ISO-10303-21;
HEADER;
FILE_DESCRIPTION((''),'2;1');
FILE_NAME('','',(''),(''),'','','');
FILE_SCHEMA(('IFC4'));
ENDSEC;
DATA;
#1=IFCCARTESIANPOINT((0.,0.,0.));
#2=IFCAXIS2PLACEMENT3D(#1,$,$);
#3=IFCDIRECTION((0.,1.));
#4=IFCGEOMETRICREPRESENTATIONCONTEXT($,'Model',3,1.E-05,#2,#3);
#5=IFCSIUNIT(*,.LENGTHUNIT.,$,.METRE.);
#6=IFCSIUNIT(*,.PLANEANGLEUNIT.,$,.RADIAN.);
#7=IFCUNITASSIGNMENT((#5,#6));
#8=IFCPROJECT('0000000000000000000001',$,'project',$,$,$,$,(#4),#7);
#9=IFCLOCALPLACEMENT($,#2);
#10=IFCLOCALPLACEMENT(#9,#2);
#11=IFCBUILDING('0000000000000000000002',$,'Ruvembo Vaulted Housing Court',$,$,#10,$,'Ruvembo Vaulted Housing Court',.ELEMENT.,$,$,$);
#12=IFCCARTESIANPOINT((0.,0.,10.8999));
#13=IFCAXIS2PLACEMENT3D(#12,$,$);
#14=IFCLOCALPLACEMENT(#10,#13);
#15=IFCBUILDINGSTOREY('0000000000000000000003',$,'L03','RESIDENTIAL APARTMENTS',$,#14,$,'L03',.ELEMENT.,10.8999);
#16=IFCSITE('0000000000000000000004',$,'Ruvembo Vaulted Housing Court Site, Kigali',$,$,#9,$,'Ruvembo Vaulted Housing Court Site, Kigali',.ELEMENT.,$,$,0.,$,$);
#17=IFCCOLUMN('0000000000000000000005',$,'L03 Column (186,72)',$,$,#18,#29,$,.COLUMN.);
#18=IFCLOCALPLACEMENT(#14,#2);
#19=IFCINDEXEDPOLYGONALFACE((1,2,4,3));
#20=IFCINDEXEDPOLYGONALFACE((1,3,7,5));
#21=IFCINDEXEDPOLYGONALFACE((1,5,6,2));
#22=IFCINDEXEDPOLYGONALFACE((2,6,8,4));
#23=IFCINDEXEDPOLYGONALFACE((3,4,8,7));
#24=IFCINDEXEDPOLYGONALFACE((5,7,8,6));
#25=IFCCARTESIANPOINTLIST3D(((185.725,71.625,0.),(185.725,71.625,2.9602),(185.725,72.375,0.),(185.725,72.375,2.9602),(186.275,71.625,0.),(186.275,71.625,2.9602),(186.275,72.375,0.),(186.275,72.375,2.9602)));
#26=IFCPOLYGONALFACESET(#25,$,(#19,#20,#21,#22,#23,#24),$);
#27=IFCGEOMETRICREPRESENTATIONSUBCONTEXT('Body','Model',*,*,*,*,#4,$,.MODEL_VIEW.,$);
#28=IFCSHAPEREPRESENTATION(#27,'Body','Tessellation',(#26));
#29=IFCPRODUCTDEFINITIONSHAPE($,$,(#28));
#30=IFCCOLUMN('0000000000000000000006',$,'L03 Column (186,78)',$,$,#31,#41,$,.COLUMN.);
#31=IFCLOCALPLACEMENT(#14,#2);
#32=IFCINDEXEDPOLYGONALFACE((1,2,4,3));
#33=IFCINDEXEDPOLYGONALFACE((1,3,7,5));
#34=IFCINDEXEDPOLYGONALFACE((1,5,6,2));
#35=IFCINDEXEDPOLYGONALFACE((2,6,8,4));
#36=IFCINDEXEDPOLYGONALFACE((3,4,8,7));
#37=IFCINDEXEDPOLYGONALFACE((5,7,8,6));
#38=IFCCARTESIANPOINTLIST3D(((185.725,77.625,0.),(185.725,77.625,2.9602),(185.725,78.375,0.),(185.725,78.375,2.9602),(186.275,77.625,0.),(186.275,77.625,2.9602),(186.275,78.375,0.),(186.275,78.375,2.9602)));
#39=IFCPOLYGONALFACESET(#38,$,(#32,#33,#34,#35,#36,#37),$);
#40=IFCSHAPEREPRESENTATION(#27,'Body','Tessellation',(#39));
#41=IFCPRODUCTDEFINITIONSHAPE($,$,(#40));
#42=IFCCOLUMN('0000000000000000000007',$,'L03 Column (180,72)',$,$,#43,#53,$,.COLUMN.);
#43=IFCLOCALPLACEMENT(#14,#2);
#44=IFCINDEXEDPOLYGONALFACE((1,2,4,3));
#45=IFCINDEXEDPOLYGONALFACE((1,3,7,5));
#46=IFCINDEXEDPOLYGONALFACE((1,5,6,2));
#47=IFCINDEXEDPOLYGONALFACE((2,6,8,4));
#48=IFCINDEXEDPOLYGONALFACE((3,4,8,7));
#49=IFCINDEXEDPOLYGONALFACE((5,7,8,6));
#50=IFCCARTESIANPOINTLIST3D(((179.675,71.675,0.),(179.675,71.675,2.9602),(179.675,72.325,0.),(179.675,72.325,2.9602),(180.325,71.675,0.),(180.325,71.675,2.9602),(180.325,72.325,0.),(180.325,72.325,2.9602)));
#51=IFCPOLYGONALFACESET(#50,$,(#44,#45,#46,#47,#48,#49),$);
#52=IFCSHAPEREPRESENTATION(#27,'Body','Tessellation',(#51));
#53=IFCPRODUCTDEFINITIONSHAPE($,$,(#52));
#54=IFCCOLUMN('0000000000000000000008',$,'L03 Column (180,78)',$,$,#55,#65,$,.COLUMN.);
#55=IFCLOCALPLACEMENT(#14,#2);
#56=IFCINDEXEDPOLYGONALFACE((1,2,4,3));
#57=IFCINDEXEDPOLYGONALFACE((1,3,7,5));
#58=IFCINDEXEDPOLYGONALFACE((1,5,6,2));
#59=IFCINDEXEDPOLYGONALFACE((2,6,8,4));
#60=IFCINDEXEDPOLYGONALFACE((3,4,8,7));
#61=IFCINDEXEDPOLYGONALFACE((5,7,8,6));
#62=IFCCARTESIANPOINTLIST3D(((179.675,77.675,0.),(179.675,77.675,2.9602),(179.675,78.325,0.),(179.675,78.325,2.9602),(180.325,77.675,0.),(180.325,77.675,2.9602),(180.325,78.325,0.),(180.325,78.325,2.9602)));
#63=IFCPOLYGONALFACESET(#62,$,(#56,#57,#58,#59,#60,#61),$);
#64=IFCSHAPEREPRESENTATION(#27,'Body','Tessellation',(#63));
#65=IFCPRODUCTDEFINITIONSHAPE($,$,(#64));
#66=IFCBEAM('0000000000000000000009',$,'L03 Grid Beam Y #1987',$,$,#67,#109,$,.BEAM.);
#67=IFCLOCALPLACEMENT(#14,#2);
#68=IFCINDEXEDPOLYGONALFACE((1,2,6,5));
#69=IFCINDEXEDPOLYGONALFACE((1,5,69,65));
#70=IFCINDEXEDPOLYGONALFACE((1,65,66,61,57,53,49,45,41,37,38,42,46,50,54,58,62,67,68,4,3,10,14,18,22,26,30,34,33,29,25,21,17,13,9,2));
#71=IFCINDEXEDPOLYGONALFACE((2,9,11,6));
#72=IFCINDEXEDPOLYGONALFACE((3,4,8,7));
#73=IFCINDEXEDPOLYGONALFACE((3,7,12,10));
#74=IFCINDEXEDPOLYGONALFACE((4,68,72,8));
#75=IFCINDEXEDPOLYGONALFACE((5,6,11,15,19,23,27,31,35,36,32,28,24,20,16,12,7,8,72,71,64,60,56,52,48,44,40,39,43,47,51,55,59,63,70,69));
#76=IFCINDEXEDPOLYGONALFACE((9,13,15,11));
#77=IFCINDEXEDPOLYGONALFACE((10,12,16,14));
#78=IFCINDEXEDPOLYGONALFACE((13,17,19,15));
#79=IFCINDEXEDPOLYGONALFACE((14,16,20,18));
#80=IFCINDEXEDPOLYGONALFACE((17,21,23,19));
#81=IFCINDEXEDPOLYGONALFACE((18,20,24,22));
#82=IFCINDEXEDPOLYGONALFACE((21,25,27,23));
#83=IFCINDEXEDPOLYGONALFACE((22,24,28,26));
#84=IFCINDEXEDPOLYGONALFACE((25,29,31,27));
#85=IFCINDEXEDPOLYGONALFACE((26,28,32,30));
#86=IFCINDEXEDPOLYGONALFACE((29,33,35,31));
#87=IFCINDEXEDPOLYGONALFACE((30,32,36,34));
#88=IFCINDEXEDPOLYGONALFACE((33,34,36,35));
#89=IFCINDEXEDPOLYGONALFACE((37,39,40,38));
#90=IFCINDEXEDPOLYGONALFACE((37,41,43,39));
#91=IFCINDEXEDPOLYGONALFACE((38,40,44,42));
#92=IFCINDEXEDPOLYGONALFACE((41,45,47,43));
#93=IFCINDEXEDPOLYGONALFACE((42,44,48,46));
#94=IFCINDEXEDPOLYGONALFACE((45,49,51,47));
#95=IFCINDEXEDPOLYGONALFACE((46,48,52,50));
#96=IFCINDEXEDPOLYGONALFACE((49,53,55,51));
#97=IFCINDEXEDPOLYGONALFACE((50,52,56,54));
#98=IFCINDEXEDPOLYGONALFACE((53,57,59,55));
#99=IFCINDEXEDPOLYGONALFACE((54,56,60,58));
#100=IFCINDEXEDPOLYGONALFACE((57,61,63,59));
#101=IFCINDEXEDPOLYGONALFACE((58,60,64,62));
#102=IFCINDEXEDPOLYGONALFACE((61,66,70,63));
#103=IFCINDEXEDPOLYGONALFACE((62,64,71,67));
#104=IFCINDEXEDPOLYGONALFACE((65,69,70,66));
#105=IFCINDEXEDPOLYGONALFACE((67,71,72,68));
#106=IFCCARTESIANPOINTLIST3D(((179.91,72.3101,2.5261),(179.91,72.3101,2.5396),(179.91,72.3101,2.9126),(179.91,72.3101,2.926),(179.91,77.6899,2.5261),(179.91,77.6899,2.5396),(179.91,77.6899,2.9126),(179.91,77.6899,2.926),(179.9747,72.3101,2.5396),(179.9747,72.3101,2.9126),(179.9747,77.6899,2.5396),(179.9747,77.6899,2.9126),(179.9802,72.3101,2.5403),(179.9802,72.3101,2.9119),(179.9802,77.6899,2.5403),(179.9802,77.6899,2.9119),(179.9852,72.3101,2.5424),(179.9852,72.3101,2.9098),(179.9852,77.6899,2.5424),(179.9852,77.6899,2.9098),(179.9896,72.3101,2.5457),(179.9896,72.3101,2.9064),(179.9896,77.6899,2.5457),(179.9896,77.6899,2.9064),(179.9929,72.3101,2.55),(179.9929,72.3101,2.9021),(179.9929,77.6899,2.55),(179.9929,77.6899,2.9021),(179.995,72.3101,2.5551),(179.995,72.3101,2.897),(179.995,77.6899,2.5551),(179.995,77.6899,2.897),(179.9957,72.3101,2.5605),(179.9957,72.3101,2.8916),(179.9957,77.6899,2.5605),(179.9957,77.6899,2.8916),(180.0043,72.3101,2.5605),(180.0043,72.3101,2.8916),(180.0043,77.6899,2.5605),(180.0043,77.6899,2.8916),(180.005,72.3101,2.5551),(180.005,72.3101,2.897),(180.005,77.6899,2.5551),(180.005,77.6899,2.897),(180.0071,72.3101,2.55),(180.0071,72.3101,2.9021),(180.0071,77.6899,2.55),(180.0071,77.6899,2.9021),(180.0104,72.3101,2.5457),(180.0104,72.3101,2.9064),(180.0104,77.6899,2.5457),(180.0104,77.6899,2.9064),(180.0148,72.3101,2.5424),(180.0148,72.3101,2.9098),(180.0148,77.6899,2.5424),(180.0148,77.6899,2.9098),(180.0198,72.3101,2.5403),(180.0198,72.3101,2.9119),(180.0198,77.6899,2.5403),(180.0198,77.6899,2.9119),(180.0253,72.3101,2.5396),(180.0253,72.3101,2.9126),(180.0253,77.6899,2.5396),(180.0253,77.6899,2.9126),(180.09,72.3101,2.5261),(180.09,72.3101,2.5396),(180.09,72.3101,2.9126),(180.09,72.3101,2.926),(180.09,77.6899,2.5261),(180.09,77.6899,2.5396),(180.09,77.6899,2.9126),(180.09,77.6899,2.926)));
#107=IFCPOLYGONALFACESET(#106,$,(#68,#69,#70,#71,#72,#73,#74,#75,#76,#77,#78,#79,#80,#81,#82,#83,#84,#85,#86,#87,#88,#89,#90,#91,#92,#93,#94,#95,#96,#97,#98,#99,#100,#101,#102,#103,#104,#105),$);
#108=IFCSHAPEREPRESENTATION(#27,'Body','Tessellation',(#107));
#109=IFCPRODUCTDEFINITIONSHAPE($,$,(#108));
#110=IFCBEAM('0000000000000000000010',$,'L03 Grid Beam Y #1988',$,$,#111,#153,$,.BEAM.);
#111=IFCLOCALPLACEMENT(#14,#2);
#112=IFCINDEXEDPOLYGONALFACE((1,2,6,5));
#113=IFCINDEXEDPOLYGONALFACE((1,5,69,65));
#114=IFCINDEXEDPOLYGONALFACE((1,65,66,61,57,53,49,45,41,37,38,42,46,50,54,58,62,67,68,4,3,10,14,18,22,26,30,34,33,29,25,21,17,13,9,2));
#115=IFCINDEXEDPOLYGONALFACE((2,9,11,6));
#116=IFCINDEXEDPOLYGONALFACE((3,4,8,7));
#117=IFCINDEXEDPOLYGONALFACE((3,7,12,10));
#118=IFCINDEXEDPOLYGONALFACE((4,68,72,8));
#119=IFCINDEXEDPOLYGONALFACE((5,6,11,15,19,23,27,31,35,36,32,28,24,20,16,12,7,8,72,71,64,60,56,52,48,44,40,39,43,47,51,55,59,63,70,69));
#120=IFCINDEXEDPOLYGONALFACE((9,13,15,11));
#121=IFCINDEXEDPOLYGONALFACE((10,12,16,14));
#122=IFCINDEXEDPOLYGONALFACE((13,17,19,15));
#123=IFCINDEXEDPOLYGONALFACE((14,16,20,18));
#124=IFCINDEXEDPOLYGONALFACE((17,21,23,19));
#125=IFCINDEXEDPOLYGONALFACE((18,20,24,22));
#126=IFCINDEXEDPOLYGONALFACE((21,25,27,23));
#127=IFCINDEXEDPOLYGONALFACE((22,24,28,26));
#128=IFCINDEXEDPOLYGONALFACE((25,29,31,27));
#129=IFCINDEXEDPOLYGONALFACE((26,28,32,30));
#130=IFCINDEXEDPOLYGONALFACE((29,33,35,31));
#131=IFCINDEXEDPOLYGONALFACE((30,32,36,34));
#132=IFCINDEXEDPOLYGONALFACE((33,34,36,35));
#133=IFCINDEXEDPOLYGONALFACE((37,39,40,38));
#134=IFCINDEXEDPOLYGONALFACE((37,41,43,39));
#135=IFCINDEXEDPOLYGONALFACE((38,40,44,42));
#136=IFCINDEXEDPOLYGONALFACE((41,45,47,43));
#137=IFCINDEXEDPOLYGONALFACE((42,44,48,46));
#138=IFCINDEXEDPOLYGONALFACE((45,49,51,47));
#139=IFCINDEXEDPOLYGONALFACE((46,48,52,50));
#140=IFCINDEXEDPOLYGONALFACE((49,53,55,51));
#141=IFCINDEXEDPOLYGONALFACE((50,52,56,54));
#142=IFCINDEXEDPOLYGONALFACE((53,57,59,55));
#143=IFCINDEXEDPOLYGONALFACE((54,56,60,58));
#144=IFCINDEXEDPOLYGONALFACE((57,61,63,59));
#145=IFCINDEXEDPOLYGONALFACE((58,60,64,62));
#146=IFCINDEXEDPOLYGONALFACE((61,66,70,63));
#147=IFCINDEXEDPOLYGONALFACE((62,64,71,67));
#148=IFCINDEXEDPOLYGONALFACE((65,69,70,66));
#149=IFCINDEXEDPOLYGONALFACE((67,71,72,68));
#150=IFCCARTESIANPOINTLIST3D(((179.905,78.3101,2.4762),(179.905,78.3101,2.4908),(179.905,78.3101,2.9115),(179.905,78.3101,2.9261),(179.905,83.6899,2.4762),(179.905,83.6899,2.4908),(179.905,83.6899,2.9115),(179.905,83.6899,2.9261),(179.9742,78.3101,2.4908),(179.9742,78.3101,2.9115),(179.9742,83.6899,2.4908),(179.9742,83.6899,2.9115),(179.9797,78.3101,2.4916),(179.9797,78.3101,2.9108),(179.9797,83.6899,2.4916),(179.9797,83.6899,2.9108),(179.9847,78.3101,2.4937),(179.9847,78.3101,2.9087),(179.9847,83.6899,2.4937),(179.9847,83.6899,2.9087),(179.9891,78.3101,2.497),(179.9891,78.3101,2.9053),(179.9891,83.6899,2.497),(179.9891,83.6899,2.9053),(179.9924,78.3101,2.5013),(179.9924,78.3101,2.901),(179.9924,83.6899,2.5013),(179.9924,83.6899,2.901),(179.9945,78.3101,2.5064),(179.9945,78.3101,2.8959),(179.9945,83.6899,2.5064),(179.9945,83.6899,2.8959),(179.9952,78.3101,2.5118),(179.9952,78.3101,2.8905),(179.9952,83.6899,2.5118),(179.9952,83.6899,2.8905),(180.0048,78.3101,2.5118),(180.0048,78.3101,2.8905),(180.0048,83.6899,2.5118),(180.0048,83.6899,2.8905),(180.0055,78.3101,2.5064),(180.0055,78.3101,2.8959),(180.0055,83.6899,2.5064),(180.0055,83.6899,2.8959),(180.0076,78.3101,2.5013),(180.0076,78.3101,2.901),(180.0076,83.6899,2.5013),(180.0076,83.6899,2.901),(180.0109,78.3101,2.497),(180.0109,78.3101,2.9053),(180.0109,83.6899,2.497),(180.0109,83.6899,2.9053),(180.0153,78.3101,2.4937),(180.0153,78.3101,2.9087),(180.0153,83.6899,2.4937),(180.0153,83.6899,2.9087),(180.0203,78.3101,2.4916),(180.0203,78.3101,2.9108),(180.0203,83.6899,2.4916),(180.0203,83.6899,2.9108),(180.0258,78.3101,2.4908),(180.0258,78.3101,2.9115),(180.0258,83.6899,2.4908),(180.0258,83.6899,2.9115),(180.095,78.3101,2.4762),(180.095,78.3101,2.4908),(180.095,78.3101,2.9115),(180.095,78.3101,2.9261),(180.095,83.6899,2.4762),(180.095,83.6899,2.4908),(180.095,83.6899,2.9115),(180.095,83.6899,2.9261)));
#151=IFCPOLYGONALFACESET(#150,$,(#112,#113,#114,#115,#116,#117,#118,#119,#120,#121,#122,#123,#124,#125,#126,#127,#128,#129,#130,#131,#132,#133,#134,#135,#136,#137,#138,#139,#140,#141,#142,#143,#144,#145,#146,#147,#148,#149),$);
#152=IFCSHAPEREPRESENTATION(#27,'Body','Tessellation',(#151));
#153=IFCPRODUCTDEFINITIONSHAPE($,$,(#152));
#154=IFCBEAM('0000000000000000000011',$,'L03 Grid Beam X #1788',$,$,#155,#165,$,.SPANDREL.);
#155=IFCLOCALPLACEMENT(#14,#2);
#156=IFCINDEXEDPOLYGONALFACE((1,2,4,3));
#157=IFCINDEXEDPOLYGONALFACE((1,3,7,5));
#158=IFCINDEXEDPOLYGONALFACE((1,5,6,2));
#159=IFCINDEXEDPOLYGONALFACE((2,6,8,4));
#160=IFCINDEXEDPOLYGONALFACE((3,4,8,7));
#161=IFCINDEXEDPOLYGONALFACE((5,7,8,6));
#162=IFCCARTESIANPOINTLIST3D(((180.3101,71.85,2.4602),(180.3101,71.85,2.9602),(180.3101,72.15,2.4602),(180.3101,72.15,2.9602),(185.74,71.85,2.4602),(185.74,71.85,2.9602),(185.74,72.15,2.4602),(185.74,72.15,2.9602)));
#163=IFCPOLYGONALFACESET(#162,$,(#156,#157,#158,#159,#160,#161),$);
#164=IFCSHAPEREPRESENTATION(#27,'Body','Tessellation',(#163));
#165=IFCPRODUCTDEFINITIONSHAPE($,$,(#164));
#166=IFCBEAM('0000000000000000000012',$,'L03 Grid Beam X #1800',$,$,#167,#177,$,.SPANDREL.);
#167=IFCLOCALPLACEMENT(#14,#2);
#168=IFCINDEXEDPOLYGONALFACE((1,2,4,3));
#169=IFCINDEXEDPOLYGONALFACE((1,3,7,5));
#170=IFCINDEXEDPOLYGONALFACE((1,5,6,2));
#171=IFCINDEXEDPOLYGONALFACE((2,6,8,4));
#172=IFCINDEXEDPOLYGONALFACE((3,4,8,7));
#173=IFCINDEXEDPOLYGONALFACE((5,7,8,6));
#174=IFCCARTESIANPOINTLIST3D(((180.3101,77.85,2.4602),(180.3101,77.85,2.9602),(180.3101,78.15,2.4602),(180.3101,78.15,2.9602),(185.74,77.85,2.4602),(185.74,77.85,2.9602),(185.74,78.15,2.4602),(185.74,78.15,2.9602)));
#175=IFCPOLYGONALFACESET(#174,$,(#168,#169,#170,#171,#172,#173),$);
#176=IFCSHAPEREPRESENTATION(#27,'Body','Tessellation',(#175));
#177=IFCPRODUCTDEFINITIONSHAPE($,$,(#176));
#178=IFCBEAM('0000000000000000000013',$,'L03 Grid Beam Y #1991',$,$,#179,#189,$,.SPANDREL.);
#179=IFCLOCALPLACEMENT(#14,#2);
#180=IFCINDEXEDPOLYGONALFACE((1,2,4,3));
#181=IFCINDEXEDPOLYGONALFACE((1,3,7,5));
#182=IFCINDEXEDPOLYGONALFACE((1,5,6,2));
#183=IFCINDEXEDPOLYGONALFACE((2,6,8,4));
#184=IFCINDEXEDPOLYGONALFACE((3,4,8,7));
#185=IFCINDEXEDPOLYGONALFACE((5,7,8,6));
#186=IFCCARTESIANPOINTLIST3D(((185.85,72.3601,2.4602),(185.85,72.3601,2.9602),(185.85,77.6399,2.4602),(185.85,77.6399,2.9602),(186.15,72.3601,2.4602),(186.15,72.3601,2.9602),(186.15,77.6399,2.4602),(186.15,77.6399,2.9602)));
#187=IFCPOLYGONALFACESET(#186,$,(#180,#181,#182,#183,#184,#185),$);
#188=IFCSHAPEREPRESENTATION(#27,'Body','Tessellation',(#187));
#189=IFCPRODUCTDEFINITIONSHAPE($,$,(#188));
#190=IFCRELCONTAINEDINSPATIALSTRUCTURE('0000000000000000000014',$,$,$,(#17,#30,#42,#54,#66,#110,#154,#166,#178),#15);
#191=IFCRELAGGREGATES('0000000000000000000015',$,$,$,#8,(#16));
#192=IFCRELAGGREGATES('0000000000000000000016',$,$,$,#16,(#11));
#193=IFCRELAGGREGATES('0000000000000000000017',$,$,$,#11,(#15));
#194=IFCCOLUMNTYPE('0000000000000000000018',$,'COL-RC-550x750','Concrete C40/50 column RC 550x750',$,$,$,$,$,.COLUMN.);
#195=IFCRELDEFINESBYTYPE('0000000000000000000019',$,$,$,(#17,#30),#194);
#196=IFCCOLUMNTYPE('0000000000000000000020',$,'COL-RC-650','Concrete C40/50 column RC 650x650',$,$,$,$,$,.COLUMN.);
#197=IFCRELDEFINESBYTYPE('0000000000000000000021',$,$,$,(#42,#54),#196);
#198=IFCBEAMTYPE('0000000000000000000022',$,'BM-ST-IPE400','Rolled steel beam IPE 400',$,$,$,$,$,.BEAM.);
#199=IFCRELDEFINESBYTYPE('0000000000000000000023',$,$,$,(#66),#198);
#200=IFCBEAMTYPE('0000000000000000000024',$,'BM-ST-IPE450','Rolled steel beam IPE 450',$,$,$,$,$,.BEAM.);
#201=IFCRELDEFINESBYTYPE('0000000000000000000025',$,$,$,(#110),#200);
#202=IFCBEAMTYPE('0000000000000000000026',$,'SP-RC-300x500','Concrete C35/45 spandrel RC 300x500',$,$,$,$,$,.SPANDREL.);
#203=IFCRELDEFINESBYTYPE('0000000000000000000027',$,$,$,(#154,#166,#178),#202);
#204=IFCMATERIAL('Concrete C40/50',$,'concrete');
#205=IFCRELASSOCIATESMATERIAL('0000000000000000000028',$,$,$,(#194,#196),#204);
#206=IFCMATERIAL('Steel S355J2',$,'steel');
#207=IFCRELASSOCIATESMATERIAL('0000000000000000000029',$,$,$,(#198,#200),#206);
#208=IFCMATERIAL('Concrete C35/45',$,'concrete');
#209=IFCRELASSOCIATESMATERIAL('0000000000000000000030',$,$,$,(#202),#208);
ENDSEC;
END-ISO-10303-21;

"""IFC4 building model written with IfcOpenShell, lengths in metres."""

from ifc_helpers import new_model, si_unit, direction, frame, origin, origin_2d, place, context, subcontext, project, spatial, rectangle, i_section, extrude, material, material_profile, profile_set, type_object, element, save


model = new_model("IFC4")

# Units and contexts
model_context = context("Model", 3, precision=1e-05, world=origin(), true_north=direction((0.0, 1.0)))
body_context = subcontext(model_context, "Body", "Model", "MODEL_VIEW")
ifc_project = project(units=[si_unit("LENGTHUNIT", "METRE"), si_unit("PLANEANGLEUNIT", "RADIAN")], contexts=[model_context])

# Site, building, storey
site_placement = place(None, origin())
site = spatial("IfcSite", under=ifc_project, at=site_placement, Name="Ruvembo Vaulted Housing Court Site, Kigali", LongName="Ruvembo Vaulted Housing Court Site, Kigali", CompositionType="ELEMENT", RefElevation=0.0)
building_placement = place(site_placement, origin())
building = spatial("IfcBuilding", under=site, at=building_placement, Name="Ruvembo Vaulted Housing Court", LongName="Ruvembo Vaulted Housing Court", CompositionType="ELEMENT")
storey_placement = place(building_placement, frame((0.0, 0.0, 10.8999)))
storey = spatial("IfcBuildingStorey", under=building, at=storey_placement, Name="L03", Description="RESIDENTIAL APARTMENTS", LongName="L03", CompositionType="ELEMENT", Elevation=10.8999)

# Columns
ifc_material_1 = material(Name="Concrete C40/50", Category="concrete")
ifc_material_profile_1 = material_profile(ifc_material_1, rectangle(XDim=0.55, YDim=0.75, at=origin_2d()), Name="RC 550x750")
ifc_profile_set_1 = profile_set([ifc_material_profile_1], Name="Concrete C40/50")
column_type_1 = type_object("IfcColumnType", Name="COL-RC-550x750", Description="Concrete C40/50 column RC 550x750", PredefinedType="COLUMN", material=ifc_profile_set_1)
for number, where, z_axis, x_axis, name in (
    (1, (186.0, 72.0, 0.0), (0.0, 0.0, 1.0), (1.0, 0.0, 0.0), "L03 Column (186,72)"),
    (2, (186.0, 78.0, 0.0), (0.0, 0.0, 1.0), (1.0, 0.0, 0.0), "L03 Column (186,78)"),
):
    element("IfcColumn", number, at=place(storey_placement, frame(where, z_axis=z_axis, x_axis=x_axis)), inside=storey, type_object=column_type_1, Name=name, PredefinedType="COLUMN", context=body_context, shape_type="SweptSolid", body=[
        extrude(rectangle(XDim=0.55, YDim=0.75, at=origin_2d()), origin(), (0.0, 0.0, 1.0), 2.9602),
    ])
ifc_material_profile_2 = material_profile(ifc_material_1, rectangle(XDim=0.6499, YDim=0.6499, at=origin_2d()), Name="RC 650x650")
ifc_profile_set_2 = profile_set([ifc_material_profile_2], Name="Concrete C40/50")
column_type_2 = type_object("IfcColumnType", Name="COL-RC-650", Description="Concrete C40/50 column RC 650x650", PredefinedType="COLUMN", material=ifc_profile_set_2)
for number, where, z_axis, x_axis, name in (
    (3, (180.0, 72.0, 0.0), (0.0, 0.0, 1.0), (1.0, 0.0, 0.0), "L03 Column (180,72)"),
    (4, (180.0, 78.0, 0.0), (0.0, 0.0, 1.0), (1.0, 0.0, 0.0), "L03 Column (180,78)"),
):
    element("IfcColumn", number, at=place(storey_placement, frame(where, z_axis=z_axis, x_axis=x_axis)), inside=storey, type_object=column_type_2, Name=name, PredefinedType="COLUMN", context=body_context, shape_type="SweptSolid", body=[
        extrude(rectangle(XDim=0.6499, YDim=0.6499, at=origin_2d()), origin(), (0.0, 0.0, 1.0), 2.9602),
    ])

# Beams
ifc_material_2 = material(Name="Steel S355J2", Category="steel")
ifc_material_profile_3 = material_profile(ifc_material_2, i_section(OverallWidth=0.1799, OverallDepth=0.3999, WebThickness=0.0085, FlangeThickness=0.0134, FilletRadius=0.021, at=origin_2d()), Name="IPE 400")
ifc_profile_set_3 = profile_set([ifc_material_profile_3], Name="Steel S355J2")
beam_type_1 = type_object("IfcBeamType", Name="BM-ST-IPE400", Description="Rolled steel beam IPE 400", PredefinedType="BEAM", material=ifc_profile_set_3)
beam_1_placement = place(storey_placement, frame((180.0, 72.3101, 2.7261), z_axis=(0.0, 1.0, 0.0), x_axis=(-1.0, 0.0, 0.0)))
element("IfcBeam", 5, at=beam_1_placement, inside=storey, type_object=beam_type_1, Name="L03 Grid Beam Y #1987", PredefinedType="BEAM", context=body_context, shape_type="SweptSolid", body=[
    extrude(i_section(OverallWidth=0.1799, OverallDepth=0.3999, WebThickness=0.0085, FlangeThickness=0.0134, FilletRadius=0.021, at=origin_2d()), origin(), (0.0, 0.0, 1.0), 5.3799),
])
ifc_material_profile_4 = material_profile(ifc_material_2, i_section(OverallWidth=0.1899, OverallDepth=0.45, WebThickness=0.0095, FlangeThickness=0.0146, FilletRadius=0.021, at=origin_2d()), Name="IPE 450")
ifc_profile_set_4 = profile_set([ifc_material_profile_4], Name="Steel S355J2")
beam_type_2 = type_object("IfcBeamType", Name="BM-ST-IPE450", Description="Rolled steel beam IPE 450", PredefinedType="BEAM", material=ifc_profile_set_4)
beam_2_placement = place(storey_placement, frame((180.0, 78.3101, 2.7012), z_axis=(0.0, 1.0, 0.0), x_axis=(-1.0, 0.0, 0.0)))
element("IfcBeam", 6, at=beam_2_placement, inside=storey, type_object=beam_type_2, Name="L03 Grid Beam Y #1988", PredefinedType="BEAM", context=body_context, shape_type="SweptSolid", body=[
    extrude(i_section(OverallWidth=0.1899, OverallDepth=0.45, WebThickness=0.0095, FlangeThickness=0.0146, FilletRadius=0.021, at=origin_2d()), origin(), (0.0, 0.0, 1.0), 5.3799),
])
ifc_material_3 = material(Name="Concrete C35/45", Category="concrete")
ifc_material_profile_5 = material_profile(ifc_material_3, rectangle(XDim=0.3, YDim=0.5, at=origin_2d()), Name="RC 300x500")
ifc_profile_set_5 = profile_set([ifc_material_profile_5], Name="Concrete C35/45")
beam_type_3 = type_object("IfcBeamType", Name="SP-RC-300x500", Description="Concrete C35/45 spandrel RC 300x500", PredefinedType="SPANDREL", material=ifc_profile_set_5)
for number, where, z_axis, x_axis, name in (
    (7, (180.3101, 72.0, 2.7102), (1.0, 0.0, 0.0), (0.0, 1.0, 0.0), "L03 Grid Beam X #1788"),
    (8, (180.3101, 78.0, 2.7102), (1.0, 0.0, 0.0), (0.0, 1.0, 0.0), "L03 Grid Beam X #1800"),
):
    element("IfcBeam", number, at=place(storey_placement, frame(where, z_axis=z_axis, x_axis=x_axis)), inside=storey, type_object=beam_type_3, Name=name, PredefinedType="SPANDREL", context=body_context, shape_type="SweptSolid", body=[
        extrude(rectangle(XDim=0.3, YDim=0.5, at=origin_2d()), origin(), (0.0, 0.0, 1.0), 5.4299),
    ])
for number, where, z_axis, x_axis, name in (
    (9, (186.0, 72.3601, 2.7102), (0.0, 1.0, 0.0), (-1.0, 0.0, 0.0), "L03 Grid Beam Y #1991"),
):
    element("IfcBeam", number, at=place(storey_placement, frame(where, z_axis=z_axis, x_axis=x_axis)), inside=storey, type_object=beam_type_3, Name=name, PredefinedType="SPANDREL", context=body_context, shape_type="SweptSolid", body=[
        extrude(rectangle(XDim=0.3, YDim=0.5, at=origin_2d()), origin(), (0.0, 0.0, 1.0), 5.2798),
    ])

save(model, "model.ifc")
